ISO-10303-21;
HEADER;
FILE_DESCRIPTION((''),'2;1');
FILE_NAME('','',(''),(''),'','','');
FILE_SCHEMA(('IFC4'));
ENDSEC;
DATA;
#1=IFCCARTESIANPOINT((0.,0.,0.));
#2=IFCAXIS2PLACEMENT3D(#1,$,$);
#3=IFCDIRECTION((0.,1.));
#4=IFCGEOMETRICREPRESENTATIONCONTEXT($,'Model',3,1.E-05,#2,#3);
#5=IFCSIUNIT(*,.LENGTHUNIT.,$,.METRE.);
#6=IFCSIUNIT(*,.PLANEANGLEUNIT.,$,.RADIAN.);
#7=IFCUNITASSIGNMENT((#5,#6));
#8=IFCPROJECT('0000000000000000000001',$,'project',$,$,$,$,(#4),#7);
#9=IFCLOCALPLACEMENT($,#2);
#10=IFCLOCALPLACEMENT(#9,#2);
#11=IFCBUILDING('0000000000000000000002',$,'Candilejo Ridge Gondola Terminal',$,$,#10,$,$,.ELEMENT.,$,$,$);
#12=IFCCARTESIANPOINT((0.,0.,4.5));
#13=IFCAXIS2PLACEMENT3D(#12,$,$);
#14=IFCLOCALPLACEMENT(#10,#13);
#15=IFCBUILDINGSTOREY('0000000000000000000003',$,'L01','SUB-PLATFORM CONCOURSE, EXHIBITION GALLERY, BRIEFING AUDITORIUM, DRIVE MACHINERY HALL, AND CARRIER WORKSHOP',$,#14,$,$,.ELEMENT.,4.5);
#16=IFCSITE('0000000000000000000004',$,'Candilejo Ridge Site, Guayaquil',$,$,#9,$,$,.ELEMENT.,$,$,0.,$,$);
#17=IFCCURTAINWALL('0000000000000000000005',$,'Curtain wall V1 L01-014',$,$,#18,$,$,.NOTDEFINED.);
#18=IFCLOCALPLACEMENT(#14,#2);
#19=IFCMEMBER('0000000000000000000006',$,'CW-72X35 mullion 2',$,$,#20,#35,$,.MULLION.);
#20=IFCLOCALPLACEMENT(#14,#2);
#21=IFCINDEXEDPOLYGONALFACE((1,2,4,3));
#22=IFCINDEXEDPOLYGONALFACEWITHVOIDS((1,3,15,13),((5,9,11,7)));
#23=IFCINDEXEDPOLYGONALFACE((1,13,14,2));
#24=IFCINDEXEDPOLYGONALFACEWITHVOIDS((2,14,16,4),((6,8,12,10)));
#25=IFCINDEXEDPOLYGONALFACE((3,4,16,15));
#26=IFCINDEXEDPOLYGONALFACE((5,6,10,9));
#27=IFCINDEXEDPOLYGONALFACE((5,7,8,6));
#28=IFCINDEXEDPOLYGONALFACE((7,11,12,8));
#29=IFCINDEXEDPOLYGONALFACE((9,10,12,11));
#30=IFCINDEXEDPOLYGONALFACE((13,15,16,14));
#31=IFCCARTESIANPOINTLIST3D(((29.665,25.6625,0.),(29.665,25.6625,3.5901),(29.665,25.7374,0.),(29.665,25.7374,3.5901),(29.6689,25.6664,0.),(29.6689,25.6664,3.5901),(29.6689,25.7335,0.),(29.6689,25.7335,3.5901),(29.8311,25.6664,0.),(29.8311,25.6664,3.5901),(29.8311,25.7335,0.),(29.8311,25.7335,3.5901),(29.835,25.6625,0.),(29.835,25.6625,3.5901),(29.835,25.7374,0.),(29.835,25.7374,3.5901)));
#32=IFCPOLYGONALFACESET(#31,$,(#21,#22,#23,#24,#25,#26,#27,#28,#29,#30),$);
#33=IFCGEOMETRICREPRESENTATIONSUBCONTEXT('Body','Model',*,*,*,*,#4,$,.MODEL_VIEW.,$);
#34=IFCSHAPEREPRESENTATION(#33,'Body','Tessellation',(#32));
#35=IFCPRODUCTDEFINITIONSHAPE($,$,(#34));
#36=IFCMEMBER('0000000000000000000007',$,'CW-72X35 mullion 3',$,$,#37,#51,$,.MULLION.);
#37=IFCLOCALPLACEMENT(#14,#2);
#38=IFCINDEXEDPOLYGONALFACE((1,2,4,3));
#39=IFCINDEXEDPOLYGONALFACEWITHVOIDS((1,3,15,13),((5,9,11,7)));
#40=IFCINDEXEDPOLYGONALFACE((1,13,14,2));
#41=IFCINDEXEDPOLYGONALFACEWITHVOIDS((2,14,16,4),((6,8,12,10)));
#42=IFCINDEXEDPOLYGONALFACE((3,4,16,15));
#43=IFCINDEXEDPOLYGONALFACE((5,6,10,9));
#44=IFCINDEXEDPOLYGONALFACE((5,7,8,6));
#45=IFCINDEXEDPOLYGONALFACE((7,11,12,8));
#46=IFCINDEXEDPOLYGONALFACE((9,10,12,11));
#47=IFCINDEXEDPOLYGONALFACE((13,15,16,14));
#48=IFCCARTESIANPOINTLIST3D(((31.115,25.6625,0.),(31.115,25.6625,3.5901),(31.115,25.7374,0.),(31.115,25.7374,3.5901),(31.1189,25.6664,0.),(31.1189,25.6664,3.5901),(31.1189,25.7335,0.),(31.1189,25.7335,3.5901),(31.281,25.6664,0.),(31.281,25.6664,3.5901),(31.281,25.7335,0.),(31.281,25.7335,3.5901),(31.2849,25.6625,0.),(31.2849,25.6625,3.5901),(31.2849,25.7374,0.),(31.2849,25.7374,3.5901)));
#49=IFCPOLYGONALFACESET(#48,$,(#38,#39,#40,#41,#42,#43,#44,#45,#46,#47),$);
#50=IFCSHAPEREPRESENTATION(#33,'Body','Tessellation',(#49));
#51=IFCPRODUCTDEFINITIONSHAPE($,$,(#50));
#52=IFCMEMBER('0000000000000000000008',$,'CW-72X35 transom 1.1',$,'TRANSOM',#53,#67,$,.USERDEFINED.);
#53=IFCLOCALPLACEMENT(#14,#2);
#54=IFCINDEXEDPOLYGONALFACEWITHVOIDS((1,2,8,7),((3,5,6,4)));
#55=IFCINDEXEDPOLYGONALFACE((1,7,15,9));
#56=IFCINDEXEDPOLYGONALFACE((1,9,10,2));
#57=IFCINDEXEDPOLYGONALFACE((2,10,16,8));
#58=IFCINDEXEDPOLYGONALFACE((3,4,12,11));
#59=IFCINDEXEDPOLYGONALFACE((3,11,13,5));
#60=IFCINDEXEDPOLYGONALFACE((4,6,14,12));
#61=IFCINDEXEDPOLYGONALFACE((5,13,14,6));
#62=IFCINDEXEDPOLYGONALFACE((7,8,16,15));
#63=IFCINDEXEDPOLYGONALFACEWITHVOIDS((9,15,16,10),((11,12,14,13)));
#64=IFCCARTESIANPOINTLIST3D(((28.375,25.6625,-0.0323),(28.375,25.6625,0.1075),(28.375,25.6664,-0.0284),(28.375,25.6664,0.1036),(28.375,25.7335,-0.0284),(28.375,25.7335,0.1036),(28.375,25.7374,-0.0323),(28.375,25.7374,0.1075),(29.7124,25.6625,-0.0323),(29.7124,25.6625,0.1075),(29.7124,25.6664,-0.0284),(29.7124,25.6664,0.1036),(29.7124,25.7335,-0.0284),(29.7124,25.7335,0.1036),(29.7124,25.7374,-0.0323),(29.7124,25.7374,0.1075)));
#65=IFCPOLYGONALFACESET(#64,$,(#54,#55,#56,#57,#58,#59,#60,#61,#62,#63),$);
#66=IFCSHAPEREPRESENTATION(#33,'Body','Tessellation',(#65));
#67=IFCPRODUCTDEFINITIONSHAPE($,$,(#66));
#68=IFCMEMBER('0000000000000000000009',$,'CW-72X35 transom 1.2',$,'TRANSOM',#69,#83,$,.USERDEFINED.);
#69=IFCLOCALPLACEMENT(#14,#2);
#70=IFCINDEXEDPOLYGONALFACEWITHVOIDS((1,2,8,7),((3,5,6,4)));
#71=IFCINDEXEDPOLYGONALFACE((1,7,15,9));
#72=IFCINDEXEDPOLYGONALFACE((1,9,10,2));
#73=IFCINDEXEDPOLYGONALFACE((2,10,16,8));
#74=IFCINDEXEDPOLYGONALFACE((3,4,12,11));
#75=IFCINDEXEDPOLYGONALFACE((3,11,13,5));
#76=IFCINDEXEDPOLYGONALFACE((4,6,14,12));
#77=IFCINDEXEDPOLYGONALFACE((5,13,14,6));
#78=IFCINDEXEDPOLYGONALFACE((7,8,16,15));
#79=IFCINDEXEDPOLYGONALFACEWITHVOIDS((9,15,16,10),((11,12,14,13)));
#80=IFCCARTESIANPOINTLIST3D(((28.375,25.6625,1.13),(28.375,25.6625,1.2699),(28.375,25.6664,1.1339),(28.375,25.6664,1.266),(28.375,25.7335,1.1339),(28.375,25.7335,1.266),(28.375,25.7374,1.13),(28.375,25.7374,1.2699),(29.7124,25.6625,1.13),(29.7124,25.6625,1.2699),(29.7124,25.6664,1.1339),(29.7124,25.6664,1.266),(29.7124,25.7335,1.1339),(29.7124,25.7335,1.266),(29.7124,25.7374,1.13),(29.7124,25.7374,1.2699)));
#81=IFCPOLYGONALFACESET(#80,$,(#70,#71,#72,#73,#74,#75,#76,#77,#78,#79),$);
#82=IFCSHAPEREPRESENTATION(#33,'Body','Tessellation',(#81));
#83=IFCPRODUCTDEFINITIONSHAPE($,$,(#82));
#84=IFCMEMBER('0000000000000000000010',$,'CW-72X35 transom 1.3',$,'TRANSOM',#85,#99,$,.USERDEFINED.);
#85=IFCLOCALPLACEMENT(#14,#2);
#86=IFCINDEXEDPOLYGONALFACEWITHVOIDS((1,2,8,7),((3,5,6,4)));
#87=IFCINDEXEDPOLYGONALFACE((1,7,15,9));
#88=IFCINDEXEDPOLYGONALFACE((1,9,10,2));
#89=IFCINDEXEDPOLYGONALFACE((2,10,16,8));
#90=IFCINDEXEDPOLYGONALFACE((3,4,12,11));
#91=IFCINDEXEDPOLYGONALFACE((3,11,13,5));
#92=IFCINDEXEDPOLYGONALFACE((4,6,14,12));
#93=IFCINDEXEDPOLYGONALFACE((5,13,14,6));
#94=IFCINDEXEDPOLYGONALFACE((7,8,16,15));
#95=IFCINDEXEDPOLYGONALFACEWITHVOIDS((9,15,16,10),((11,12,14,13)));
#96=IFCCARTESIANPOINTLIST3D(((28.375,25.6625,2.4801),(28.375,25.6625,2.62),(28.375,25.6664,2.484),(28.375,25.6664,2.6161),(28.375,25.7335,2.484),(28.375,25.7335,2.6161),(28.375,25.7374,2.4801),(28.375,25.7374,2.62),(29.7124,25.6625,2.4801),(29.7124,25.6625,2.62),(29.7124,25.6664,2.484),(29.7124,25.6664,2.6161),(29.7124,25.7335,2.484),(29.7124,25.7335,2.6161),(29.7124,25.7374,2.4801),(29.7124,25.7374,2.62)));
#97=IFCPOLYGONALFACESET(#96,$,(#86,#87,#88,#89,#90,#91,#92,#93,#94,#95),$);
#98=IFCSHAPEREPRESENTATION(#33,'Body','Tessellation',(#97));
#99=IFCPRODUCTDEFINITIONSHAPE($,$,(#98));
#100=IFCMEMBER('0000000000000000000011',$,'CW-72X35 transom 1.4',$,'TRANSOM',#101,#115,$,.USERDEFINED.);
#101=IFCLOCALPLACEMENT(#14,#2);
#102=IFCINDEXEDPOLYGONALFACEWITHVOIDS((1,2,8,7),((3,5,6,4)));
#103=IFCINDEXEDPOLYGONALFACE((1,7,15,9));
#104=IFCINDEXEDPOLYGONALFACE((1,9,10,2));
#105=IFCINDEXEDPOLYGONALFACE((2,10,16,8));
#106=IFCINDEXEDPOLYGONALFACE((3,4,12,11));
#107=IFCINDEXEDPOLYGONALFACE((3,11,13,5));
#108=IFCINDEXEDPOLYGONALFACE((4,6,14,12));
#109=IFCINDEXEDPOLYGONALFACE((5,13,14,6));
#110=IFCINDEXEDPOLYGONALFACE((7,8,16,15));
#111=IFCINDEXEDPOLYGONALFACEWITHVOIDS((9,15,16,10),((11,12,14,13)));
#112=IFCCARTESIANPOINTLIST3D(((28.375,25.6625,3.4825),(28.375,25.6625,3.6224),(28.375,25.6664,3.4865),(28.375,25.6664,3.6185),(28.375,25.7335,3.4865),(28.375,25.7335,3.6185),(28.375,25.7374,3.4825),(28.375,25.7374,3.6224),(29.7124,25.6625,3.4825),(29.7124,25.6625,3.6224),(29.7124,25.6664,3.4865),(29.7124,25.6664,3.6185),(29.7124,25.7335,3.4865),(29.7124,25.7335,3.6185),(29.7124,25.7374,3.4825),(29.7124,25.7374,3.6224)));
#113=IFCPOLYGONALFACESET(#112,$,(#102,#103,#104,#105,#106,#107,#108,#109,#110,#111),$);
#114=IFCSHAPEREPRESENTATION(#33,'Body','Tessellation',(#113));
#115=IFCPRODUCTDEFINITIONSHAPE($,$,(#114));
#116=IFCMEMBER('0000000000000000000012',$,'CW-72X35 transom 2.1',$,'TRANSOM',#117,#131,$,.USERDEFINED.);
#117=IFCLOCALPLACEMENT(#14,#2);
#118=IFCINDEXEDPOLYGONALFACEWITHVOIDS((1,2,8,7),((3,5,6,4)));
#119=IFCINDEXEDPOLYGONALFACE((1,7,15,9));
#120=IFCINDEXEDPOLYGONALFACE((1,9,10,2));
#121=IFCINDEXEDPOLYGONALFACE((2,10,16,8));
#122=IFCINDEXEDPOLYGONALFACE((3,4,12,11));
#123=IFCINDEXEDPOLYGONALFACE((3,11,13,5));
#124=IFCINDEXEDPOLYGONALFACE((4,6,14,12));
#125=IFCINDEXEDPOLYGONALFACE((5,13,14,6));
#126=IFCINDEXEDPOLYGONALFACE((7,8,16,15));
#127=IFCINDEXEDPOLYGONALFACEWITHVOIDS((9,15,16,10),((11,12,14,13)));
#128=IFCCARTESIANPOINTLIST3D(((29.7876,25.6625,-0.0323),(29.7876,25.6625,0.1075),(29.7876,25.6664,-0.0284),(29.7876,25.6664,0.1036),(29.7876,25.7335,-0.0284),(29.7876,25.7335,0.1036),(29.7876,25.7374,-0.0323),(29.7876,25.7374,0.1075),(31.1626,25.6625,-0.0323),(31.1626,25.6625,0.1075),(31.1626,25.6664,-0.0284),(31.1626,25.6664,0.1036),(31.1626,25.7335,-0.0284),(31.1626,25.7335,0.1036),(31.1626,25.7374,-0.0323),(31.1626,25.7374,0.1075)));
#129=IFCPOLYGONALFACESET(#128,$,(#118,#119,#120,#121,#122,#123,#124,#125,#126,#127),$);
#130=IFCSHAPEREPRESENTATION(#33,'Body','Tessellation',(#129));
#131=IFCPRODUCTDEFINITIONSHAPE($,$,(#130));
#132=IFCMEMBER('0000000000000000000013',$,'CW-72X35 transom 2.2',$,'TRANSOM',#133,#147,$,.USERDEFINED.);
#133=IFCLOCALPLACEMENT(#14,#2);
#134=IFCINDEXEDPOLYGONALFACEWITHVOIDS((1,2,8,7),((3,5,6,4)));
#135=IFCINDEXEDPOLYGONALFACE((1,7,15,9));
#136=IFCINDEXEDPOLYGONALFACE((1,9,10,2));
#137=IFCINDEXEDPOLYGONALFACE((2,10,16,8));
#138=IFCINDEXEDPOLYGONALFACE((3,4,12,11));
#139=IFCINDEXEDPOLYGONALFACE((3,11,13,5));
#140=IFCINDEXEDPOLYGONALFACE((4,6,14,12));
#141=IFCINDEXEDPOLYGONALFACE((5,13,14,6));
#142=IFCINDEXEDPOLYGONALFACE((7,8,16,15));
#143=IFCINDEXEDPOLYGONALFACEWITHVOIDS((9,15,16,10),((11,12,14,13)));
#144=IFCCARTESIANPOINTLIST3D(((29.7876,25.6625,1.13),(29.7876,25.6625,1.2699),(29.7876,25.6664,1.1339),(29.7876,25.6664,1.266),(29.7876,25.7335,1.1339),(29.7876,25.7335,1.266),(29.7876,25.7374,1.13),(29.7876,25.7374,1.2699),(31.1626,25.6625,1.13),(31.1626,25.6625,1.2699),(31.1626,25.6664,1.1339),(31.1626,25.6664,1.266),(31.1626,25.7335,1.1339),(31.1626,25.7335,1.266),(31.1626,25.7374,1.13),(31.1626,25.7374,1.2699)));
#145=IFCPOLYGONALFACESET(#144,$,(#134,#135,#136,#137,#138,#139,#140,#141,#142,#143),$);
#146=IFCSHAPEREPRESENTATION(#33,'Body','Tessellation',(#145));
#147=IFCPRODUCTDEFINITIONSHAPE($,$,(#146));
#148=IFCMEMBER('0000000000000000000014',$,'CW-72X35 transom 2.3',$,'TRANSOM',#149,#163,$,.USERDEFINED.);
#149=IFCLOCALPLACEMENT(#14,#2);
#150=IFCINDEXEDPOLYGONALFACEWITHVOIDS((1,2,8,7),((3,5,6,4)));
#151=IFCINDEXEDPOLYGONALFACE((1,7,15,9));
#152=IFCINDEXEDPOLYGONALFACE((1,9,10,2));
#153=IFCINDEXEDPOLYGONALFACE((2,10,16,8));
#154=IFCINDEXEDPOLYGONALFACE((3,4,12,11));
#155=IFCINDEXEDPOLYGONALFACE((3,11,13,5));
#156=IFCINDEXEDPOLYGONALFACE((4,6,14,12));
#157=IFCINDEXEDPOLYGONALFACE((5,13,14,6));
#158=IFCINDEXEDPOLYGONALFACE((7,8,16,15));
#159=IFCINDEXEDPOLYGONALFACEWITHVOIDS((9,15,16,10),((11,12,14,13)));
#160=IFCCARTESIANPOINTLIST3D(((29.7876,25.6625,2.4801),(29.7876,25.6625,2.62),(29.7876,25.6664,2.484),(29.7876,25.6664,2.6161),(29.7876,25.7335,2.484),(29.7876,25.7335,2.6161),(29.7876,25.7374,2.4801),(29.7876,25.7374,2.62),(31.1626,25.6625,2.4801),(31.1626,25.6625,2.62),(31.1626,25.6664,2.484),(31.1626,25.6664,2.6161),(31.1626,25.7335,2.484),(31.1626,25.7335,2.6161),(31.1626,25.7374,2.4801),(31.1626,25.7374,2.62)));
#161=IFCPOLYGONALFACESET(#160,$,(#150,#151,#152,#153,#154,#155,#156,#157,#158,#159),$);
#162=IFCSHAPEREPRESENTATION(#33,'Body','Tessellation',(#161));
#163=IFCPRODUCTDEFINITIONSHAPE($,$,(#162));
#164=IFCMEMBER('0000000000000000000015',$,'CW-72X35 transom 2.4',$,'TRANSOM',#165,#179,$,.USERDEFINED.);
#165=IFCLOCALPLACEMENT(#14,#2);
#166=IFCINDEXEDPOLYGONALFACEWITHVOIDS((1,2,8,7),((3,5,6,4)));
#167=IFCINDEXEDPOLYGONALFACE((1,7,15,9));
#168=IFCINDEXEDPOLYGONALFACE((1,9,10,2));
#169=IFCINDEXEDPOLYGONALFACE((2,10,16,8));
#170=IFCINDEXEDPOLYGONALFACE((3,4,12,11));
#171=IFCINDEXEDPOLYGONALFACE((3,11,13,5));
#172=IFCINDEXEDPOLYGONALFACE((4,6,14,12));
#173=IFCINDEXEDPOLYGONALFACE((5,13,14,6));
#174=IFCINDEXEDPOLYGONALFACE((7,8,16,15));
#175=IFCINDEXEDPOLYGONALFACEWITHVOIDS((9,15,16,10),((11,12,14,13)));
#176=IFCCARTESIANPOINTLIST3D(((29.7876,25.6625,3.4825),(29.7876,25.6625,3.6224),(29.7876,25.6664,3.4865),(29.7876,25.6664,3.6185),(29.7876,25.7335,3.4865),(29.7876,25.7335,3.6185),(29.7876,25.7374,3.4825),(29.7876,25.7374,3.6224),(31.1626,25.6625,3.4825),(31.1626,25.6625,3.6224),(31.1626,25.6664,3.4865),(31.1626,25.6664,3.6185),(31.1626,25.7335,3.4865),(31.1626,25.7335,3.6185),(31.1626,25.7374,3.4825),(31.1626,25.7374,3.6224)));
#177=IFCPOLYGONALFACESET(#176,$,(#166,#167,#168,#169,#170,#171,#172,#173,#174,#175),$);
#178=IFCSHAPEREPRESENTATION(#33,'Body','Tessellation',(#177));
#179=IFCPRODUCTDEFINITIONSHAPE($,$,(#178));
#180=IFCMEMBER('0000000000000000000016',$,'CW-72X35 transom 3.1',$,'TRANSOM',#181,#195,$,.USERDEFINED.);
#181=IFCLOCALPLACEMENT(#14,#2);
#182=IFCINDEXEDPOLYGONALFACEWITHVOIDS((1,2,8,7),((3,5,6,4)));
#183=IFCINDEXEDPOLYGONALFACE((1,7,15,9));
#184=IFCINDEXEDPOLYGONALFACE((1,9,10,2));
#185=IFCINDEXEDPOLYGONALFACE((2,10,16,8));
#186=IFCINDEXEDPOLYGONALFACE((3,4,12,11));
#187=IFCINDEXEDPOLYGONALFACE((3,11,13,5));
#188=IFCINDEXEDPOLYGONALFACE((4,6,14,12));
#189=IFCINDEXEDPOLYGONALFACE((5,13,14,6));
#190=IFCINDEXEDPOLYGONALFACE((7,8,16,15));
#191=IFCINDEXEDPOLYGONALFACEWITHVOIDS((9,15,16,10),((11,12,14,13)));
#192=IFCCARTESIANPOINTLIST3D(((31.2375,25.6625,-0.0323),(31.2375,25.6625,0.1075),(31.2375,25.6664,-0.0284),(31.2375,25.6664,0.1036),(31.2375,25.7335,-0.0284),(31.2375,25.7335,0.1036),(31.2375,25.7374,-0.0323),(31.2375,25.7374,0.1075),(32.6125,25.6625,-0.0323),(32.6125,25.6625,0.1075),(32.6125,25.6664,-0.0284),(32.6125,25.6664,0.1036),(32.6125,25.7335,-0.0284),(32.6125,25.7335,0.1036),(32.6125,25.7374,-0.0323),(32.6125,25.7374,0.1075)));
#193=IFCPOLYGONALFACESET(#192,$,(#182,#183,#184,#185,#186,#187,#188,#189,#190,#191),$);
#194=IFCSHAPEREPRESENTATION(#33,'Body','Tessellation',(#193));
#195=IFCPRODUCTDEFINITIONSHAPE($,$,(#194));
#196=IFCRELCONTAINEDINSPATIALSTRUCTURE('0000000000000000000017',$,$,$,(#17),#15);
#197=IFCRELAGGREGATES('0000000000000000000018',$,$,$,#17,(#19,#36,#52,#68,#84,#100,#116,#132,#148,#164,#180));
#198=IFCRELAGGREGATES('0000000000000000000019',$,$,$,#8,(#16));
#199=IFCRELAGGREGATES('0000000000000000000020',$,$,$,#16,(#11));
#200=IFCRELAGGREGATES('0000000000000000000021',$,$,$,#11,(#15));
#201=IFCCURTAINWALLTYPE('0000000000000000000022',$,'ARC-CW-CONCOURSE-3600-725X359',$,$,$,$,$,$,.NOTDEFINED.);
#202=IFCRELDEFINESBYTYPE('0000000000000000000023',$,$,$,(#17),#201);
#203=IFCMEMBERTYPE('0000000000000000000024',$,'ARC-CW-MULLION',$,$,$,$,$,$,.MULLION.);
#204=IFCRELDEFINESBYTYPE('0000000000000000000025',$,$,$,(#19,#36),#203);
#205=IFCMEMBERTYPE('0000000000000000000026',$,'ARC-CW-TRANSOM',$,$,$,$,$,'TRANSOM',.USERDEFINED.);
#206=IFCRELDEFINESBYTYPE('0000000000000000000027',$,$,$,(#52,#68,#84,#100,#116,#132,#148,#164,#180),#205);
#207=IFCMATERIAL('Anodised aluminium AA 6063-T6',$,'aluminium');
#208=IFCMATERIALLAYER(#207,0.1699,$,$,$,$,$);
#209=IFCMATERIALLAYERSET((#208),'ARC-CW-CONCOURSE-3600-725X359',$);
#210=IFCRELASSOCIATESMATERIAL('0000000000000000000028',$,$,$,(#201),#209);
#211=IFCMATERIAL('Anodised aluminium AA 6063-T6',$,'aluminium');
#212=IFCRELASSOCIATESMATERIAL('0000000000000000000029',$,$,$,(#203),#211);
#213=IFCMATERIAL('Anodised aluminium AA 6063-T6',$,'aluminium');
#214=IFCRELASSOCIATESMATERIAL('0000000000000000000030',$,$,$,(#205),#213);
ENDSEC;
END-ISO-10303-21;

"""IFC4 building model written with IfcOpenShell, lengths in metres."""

from ifc_helpers import new_model, si_unit, direction, frame, origin, origin_2d, place, context, subcontext, project, spatial, hollow_rectangle, extrude, material, layer, layer_set, material_profile, profile_set, type_object, element, aggregate, save


model = new_model("IFC4")

# Units and contexts
model_context = context("Model", 3, precision=1e-05, world=origin(), true_north=direction((0.0, 1.0)))
body_context = subcontext(model_context, "Body", "Model", "MODEL_VIEW")
ifc_project = project(units=[si_unit("LENGTHUNIT", "METRE"), si_unit("PLANEANGLEUNIT", "RADIAN")], contexts=[model_context])

# Site, building, storey
site_placement = place(None, origin())
site = spatial("IfcSite", under=ifc_project, at=site_placement, Name="Candilejo Ridge Site, Guayaquil", CompositionType="ELEMENT", RefElevation=0.0)
building_placement = place(site_placement, origin())
building = spatial("IfcBuilding", under=site, at=building_placement, Name="Candilejo Ridge Gondola Terminal", CompositionType="ELEMENT")
storey_placement = place(building_placement, frame((0.0, 0.0, 4.5)))
storey = spatial("IfcBuildingStorey", under=building, at=storey_placement, Name="L01", Description="SUB-PLATFORM CONCOURSE, EXHIBITION GALLERY, BRIEFING AUDITORIUM, DRIVE MACHINERY HALL, AND CARRIER WORKSHOP", CompositionType="ELEMENT", Elevation=4.5)

# Curtain wall, members
ifc_material_1 = material(Name="Anodised aluminium AA 6063-T6", Category="aluminium")
ifc_layer_1 = layer(ifc_material_1, 0.1699)
ifc_layer_set_1 = layer_set([ifc_layer_1], Name="ARC-CW-CONCOURSE-3600-725X359")
curtain_wall_type = type_object("IfcCurtainWallType", Name="ARC-CW-CONCOURSE-3600-725X359", PredefinedType="NOTDEFINED", material=ifc_layer_set_1)
curtain_wall_placement = place(storey_placement, origin())
curtain_wall = element("IfcCurtainWall", 1, at=curtain_wall_placement, inside=storey, type_object=curtain_wall_type, Name="Curtain wall V1 L01-014", PredefinedType="NOTDEFINED")
ifc_material_2 = material(Name="Anodised aluminium AA 6063-T6", Category="aluminium")
ifc_material_profile_1 = material_profile(ifc_material_2, hollow_rectangle(XDim=0.075, YDim=0.1699, WallThickness=0.0039, at=origin_2d()))
ifc_profile_set_1 = profile_set([ifc_material_profile_1], Name="Anodised aluminium AA 6063-T6")
member_type_1 = type_object("IfcMemberType", Name="ARC-CW-MULLION", PredefinedType="MULLION", material=ifc_profile_set_1)
member_1_placement = place(storey_placement, frame((29.75, 25.7, 0.0), z_axis=(0.0, 0.0, 1.0), x_axis=(0.0, 1.0, 0.0)))
member_1 = element("IfcMember", 2, at=member_1_placement, type_object=member_type_1, Name="CW-72X35 mullion 2", PredefinedType="MULLION", context=body_context, shape_type="SweptSolid", body=[
    extrude(hollow_rectangle(XDim=0.075, YDim=0.1699, WallThickness=0.0039, at=origin_2d()), origin(), (0.0, 0.0, 1.0), 3.5901),
])
member_2_placement = place(storey_placement, frame((31.2, 25.7, 0.0), z_axis=(0.0, 0.0, 1.0), x_axis=(0.0, 1.0, 0.0)))
member_2 = element("IfcMember", 3, at=member_2_placement, type_object=member_type_1, Name="CW-72X35 mullion 3", PredefinedType="MULLION", context=body_context, shape_type="SweptSolid", body=[
    extrude(hollow_rectangle(XDim=0.075, YDim=0.1699, WallThickness=0.0039, at=origin_2d()), origin(), (0.0, 0.0, 1.0), 3.5901),
])
ifc_material_3 = material(Name="Anodised aluminium AA 6063-T6", Category="aluminium")
ifc_material_profile_2 = material_profile(ifc_material_3, hollow_rectangle(XDim=0.075, YDim=0.1399, WallThickness=0.0039, at=origin_2d()))
ifc_profile_set_2 = profile_set([ifc_material_profile_2], Name="Anodised aluminium AA 6063-T6")
member_type_2 = type_object("IfcMemberType", Name="ARC-CW-TRANSOM", ElementType="TRANSOM", PredefinedType="USERDEFINED", material=ifc_profile_set_2)
member_3_placement = place(storey_placement, frame((28.375, 25.7, 0.0376), z_axis=(1.0, 0.0, 0.0), x_axis=(0.0, 1.0, 0.0)))
member_3 = element("IfcMember", 4, at=member_3_placement, type_object=member_type_2, Name="CW-72X35 transom 1.1", ObjectType="TRANSOM", PredefinedType="USERDEFINED", context=body_context, shape_type="SweptSolid", body=[
    extrude(hollow_rectangle(XDim=0.075, YDim=0.1399, WallThickness=0.0039, at=origin_2d()), origin(), (0.0, 0.0, 1.0), 1.3374),
])
member_4_placement = place(storey_placement, frame((28.375, 25.7, 1.2), z_axis=(1.0, 0.0, 0.0), x_axis=(0.0, 1.0, 0.0)))
member_4 = element("IfcMember", 5, at=member_4_placement, type_object=member_type_2, Name="CW-72X35 transom 1.2", ObjectType="TRANSOM", PredefinedType="USERDEFINED", context=body_context, shape_type="SweptSolid", body=[
    extrude(hollow_rectangle(XDim=0.075, YDim=0.1399, WallThickness=0.0039, at=origin_2d()), origin(), (0.0, 0.0, 1.0), 1.3374),
])
member_5_placement = place(storey_placement, frame((28.375, 25.7, 2.55), z_axis=(1.0, 0.0, 0.0), x_axis=(0.0, 1.0, 0.0)))
member_5 = element("IfcMember", 6, at=member_5_placement, type_object=member_type_2, Name="CW-72X35 transom 1.3", ObjectType="TRANSOM", PredefinedType="USERDEFINED", context=body_context, shape_type="SweptSolid", body=[
    extrude(hollow_rectangle(XDim=0.075, YDim=0.1399, WallThickness=0.0039, at=origin_2d()), origin(), (0.0, 0.0, 1.0), 1.3374),
])
member_6_placement = place(storey_placement, frame((28.375, 25.7, 3.5525), z_axis=(1.0, 0.0, 0.0), x_axis=(0.0, 1.0, 0.0)))
member_6 = element("IfcMember", 7, at=member_6_placement, type_object=member_type_2, Name="CW-72X35 transom 1.4", ObjectType="TRANSOM", PredefinedType="USERDEFINED", context=body_context, shape_type="SweptSolid", body=[
    extrude(hollow_rectangle(XDim=0.075, YDim=0.1399, WallThickness=0.0039, at=origin_2d()), origin(), (0.0, 0.0, 1.0), 1.3374),
])
member_7_placement = place(storey_placement, frame((29.7876, 25.7, 0.0376), z_axis=(1.0, 0.0, 0.0), x_axis=(0.0, 1.0, 0.0)))
member_7 = element("IfcMember", 8, at=member_7_placement, type_object=member_type_2, Name="CW-72X35 transom 2.1", ObjectType="TRANSOM", PredefinedType="USERDEFINED", context=body_context, shape_type="SweptSolid", body=[
    extrude(hollow_rectangle(XDim=0.075, YDim=0.1399, WallThickness=0.0039, at=origin_2d()), origin(), (0.0, 0.0, 1.0), 1.375),
])
member_8_placement = place(storey_placement, frame((29.7876, 25.7, 1.2), z_axis=(1.0, 0.0, 0.0), x_axis=(0.0, 1.0, 0.0)))
member_8 = element("IfcMember", 9, at=member_8_placement, type_object=member_type_2, Name="CW-72X35 transom 2.2", ObjectType="TRANSOM", PredefinedType="USERDEFINED", context=body_context, shape_type="SweptSolid", body=[
    extrude(hollow_rectangle(XDim=0.075, YDim=0.1399, WallThickness=0.0039, at=origin_2d()), origin(), (0.0, 0.0, 1.0), 1.375),
])
member_9_placement = place(storey_placement, frame((29.7876, 25.7, 2.55), z_axis=(1.0, 0.0, 0.0), x_axis=(0.0, 1.0, 0.0)))
member_9 = element("IfcMember", 10, at=member_9_placement, type_object=member_type_2, Name="CW-72X35 transom 2.3", ObjectType="TRANSOM", PredefinedType="USERDEFINED", context=body_context, shape_type="SweptSolid", body=[
    extrude(hollow_rectangle(XDim=0.075, YDim=0.1399, WallThickness=0.0039, at=origin_2d()), origin(), (0.0, 0.0, 1.0), 1.375),
])
member_10_placement = place(storey_placement, frame((29.7876, 25.7, 3.5525), z_axis=(1.0, 0.0, 0.0), x_axis=(0.0, 1.0, 0.0)))
member_10 = element("IfcMember", 11, at=member_10_placement, type_object=member_type_2, Name="CW-72X35 transom 2.4", ObjectType="TRANSOM", PredefinedType="USERDEFINED", context=body_context, shape_type="SweptSolid", body=[
    extrude(hollow_rectangle(XDim=0.075, YDim=0.1399, WallThickness=0.0039, at=origin_2d()), origin(), (0.0, 0.0, 1.0), 1.375),
])
member_11_placement = place(storey_placement, frame((31.2375, 25.7, 0.0376), z_axis=(1.0, 0.0, 0.0), x_axis=(0.0, 1.0, 0.0)))
member_11 = element("IfcMember", 12, at=member_11_placement, type_object=member_type_2, Name="CW-72X35 transom 3.1", ObjectType="TRANSOM", PredefinedType="USERDEFINED", context=body_context, shape_type="SweptSolid", body=[
    extrude(hollow_rectangle(XDim=0.075, YDim=0.1399, WallThickness=0.0039, at=origin_2d()), origin(), (0.0, 0.0, 1.0), 1.375),
])
aggregate(curtain_wall, [member_1, member_2, member_3, member_4, member_5, member_6, member_7, member_8, member_9, member_10, member_11])

save(model, "model.ifc")
